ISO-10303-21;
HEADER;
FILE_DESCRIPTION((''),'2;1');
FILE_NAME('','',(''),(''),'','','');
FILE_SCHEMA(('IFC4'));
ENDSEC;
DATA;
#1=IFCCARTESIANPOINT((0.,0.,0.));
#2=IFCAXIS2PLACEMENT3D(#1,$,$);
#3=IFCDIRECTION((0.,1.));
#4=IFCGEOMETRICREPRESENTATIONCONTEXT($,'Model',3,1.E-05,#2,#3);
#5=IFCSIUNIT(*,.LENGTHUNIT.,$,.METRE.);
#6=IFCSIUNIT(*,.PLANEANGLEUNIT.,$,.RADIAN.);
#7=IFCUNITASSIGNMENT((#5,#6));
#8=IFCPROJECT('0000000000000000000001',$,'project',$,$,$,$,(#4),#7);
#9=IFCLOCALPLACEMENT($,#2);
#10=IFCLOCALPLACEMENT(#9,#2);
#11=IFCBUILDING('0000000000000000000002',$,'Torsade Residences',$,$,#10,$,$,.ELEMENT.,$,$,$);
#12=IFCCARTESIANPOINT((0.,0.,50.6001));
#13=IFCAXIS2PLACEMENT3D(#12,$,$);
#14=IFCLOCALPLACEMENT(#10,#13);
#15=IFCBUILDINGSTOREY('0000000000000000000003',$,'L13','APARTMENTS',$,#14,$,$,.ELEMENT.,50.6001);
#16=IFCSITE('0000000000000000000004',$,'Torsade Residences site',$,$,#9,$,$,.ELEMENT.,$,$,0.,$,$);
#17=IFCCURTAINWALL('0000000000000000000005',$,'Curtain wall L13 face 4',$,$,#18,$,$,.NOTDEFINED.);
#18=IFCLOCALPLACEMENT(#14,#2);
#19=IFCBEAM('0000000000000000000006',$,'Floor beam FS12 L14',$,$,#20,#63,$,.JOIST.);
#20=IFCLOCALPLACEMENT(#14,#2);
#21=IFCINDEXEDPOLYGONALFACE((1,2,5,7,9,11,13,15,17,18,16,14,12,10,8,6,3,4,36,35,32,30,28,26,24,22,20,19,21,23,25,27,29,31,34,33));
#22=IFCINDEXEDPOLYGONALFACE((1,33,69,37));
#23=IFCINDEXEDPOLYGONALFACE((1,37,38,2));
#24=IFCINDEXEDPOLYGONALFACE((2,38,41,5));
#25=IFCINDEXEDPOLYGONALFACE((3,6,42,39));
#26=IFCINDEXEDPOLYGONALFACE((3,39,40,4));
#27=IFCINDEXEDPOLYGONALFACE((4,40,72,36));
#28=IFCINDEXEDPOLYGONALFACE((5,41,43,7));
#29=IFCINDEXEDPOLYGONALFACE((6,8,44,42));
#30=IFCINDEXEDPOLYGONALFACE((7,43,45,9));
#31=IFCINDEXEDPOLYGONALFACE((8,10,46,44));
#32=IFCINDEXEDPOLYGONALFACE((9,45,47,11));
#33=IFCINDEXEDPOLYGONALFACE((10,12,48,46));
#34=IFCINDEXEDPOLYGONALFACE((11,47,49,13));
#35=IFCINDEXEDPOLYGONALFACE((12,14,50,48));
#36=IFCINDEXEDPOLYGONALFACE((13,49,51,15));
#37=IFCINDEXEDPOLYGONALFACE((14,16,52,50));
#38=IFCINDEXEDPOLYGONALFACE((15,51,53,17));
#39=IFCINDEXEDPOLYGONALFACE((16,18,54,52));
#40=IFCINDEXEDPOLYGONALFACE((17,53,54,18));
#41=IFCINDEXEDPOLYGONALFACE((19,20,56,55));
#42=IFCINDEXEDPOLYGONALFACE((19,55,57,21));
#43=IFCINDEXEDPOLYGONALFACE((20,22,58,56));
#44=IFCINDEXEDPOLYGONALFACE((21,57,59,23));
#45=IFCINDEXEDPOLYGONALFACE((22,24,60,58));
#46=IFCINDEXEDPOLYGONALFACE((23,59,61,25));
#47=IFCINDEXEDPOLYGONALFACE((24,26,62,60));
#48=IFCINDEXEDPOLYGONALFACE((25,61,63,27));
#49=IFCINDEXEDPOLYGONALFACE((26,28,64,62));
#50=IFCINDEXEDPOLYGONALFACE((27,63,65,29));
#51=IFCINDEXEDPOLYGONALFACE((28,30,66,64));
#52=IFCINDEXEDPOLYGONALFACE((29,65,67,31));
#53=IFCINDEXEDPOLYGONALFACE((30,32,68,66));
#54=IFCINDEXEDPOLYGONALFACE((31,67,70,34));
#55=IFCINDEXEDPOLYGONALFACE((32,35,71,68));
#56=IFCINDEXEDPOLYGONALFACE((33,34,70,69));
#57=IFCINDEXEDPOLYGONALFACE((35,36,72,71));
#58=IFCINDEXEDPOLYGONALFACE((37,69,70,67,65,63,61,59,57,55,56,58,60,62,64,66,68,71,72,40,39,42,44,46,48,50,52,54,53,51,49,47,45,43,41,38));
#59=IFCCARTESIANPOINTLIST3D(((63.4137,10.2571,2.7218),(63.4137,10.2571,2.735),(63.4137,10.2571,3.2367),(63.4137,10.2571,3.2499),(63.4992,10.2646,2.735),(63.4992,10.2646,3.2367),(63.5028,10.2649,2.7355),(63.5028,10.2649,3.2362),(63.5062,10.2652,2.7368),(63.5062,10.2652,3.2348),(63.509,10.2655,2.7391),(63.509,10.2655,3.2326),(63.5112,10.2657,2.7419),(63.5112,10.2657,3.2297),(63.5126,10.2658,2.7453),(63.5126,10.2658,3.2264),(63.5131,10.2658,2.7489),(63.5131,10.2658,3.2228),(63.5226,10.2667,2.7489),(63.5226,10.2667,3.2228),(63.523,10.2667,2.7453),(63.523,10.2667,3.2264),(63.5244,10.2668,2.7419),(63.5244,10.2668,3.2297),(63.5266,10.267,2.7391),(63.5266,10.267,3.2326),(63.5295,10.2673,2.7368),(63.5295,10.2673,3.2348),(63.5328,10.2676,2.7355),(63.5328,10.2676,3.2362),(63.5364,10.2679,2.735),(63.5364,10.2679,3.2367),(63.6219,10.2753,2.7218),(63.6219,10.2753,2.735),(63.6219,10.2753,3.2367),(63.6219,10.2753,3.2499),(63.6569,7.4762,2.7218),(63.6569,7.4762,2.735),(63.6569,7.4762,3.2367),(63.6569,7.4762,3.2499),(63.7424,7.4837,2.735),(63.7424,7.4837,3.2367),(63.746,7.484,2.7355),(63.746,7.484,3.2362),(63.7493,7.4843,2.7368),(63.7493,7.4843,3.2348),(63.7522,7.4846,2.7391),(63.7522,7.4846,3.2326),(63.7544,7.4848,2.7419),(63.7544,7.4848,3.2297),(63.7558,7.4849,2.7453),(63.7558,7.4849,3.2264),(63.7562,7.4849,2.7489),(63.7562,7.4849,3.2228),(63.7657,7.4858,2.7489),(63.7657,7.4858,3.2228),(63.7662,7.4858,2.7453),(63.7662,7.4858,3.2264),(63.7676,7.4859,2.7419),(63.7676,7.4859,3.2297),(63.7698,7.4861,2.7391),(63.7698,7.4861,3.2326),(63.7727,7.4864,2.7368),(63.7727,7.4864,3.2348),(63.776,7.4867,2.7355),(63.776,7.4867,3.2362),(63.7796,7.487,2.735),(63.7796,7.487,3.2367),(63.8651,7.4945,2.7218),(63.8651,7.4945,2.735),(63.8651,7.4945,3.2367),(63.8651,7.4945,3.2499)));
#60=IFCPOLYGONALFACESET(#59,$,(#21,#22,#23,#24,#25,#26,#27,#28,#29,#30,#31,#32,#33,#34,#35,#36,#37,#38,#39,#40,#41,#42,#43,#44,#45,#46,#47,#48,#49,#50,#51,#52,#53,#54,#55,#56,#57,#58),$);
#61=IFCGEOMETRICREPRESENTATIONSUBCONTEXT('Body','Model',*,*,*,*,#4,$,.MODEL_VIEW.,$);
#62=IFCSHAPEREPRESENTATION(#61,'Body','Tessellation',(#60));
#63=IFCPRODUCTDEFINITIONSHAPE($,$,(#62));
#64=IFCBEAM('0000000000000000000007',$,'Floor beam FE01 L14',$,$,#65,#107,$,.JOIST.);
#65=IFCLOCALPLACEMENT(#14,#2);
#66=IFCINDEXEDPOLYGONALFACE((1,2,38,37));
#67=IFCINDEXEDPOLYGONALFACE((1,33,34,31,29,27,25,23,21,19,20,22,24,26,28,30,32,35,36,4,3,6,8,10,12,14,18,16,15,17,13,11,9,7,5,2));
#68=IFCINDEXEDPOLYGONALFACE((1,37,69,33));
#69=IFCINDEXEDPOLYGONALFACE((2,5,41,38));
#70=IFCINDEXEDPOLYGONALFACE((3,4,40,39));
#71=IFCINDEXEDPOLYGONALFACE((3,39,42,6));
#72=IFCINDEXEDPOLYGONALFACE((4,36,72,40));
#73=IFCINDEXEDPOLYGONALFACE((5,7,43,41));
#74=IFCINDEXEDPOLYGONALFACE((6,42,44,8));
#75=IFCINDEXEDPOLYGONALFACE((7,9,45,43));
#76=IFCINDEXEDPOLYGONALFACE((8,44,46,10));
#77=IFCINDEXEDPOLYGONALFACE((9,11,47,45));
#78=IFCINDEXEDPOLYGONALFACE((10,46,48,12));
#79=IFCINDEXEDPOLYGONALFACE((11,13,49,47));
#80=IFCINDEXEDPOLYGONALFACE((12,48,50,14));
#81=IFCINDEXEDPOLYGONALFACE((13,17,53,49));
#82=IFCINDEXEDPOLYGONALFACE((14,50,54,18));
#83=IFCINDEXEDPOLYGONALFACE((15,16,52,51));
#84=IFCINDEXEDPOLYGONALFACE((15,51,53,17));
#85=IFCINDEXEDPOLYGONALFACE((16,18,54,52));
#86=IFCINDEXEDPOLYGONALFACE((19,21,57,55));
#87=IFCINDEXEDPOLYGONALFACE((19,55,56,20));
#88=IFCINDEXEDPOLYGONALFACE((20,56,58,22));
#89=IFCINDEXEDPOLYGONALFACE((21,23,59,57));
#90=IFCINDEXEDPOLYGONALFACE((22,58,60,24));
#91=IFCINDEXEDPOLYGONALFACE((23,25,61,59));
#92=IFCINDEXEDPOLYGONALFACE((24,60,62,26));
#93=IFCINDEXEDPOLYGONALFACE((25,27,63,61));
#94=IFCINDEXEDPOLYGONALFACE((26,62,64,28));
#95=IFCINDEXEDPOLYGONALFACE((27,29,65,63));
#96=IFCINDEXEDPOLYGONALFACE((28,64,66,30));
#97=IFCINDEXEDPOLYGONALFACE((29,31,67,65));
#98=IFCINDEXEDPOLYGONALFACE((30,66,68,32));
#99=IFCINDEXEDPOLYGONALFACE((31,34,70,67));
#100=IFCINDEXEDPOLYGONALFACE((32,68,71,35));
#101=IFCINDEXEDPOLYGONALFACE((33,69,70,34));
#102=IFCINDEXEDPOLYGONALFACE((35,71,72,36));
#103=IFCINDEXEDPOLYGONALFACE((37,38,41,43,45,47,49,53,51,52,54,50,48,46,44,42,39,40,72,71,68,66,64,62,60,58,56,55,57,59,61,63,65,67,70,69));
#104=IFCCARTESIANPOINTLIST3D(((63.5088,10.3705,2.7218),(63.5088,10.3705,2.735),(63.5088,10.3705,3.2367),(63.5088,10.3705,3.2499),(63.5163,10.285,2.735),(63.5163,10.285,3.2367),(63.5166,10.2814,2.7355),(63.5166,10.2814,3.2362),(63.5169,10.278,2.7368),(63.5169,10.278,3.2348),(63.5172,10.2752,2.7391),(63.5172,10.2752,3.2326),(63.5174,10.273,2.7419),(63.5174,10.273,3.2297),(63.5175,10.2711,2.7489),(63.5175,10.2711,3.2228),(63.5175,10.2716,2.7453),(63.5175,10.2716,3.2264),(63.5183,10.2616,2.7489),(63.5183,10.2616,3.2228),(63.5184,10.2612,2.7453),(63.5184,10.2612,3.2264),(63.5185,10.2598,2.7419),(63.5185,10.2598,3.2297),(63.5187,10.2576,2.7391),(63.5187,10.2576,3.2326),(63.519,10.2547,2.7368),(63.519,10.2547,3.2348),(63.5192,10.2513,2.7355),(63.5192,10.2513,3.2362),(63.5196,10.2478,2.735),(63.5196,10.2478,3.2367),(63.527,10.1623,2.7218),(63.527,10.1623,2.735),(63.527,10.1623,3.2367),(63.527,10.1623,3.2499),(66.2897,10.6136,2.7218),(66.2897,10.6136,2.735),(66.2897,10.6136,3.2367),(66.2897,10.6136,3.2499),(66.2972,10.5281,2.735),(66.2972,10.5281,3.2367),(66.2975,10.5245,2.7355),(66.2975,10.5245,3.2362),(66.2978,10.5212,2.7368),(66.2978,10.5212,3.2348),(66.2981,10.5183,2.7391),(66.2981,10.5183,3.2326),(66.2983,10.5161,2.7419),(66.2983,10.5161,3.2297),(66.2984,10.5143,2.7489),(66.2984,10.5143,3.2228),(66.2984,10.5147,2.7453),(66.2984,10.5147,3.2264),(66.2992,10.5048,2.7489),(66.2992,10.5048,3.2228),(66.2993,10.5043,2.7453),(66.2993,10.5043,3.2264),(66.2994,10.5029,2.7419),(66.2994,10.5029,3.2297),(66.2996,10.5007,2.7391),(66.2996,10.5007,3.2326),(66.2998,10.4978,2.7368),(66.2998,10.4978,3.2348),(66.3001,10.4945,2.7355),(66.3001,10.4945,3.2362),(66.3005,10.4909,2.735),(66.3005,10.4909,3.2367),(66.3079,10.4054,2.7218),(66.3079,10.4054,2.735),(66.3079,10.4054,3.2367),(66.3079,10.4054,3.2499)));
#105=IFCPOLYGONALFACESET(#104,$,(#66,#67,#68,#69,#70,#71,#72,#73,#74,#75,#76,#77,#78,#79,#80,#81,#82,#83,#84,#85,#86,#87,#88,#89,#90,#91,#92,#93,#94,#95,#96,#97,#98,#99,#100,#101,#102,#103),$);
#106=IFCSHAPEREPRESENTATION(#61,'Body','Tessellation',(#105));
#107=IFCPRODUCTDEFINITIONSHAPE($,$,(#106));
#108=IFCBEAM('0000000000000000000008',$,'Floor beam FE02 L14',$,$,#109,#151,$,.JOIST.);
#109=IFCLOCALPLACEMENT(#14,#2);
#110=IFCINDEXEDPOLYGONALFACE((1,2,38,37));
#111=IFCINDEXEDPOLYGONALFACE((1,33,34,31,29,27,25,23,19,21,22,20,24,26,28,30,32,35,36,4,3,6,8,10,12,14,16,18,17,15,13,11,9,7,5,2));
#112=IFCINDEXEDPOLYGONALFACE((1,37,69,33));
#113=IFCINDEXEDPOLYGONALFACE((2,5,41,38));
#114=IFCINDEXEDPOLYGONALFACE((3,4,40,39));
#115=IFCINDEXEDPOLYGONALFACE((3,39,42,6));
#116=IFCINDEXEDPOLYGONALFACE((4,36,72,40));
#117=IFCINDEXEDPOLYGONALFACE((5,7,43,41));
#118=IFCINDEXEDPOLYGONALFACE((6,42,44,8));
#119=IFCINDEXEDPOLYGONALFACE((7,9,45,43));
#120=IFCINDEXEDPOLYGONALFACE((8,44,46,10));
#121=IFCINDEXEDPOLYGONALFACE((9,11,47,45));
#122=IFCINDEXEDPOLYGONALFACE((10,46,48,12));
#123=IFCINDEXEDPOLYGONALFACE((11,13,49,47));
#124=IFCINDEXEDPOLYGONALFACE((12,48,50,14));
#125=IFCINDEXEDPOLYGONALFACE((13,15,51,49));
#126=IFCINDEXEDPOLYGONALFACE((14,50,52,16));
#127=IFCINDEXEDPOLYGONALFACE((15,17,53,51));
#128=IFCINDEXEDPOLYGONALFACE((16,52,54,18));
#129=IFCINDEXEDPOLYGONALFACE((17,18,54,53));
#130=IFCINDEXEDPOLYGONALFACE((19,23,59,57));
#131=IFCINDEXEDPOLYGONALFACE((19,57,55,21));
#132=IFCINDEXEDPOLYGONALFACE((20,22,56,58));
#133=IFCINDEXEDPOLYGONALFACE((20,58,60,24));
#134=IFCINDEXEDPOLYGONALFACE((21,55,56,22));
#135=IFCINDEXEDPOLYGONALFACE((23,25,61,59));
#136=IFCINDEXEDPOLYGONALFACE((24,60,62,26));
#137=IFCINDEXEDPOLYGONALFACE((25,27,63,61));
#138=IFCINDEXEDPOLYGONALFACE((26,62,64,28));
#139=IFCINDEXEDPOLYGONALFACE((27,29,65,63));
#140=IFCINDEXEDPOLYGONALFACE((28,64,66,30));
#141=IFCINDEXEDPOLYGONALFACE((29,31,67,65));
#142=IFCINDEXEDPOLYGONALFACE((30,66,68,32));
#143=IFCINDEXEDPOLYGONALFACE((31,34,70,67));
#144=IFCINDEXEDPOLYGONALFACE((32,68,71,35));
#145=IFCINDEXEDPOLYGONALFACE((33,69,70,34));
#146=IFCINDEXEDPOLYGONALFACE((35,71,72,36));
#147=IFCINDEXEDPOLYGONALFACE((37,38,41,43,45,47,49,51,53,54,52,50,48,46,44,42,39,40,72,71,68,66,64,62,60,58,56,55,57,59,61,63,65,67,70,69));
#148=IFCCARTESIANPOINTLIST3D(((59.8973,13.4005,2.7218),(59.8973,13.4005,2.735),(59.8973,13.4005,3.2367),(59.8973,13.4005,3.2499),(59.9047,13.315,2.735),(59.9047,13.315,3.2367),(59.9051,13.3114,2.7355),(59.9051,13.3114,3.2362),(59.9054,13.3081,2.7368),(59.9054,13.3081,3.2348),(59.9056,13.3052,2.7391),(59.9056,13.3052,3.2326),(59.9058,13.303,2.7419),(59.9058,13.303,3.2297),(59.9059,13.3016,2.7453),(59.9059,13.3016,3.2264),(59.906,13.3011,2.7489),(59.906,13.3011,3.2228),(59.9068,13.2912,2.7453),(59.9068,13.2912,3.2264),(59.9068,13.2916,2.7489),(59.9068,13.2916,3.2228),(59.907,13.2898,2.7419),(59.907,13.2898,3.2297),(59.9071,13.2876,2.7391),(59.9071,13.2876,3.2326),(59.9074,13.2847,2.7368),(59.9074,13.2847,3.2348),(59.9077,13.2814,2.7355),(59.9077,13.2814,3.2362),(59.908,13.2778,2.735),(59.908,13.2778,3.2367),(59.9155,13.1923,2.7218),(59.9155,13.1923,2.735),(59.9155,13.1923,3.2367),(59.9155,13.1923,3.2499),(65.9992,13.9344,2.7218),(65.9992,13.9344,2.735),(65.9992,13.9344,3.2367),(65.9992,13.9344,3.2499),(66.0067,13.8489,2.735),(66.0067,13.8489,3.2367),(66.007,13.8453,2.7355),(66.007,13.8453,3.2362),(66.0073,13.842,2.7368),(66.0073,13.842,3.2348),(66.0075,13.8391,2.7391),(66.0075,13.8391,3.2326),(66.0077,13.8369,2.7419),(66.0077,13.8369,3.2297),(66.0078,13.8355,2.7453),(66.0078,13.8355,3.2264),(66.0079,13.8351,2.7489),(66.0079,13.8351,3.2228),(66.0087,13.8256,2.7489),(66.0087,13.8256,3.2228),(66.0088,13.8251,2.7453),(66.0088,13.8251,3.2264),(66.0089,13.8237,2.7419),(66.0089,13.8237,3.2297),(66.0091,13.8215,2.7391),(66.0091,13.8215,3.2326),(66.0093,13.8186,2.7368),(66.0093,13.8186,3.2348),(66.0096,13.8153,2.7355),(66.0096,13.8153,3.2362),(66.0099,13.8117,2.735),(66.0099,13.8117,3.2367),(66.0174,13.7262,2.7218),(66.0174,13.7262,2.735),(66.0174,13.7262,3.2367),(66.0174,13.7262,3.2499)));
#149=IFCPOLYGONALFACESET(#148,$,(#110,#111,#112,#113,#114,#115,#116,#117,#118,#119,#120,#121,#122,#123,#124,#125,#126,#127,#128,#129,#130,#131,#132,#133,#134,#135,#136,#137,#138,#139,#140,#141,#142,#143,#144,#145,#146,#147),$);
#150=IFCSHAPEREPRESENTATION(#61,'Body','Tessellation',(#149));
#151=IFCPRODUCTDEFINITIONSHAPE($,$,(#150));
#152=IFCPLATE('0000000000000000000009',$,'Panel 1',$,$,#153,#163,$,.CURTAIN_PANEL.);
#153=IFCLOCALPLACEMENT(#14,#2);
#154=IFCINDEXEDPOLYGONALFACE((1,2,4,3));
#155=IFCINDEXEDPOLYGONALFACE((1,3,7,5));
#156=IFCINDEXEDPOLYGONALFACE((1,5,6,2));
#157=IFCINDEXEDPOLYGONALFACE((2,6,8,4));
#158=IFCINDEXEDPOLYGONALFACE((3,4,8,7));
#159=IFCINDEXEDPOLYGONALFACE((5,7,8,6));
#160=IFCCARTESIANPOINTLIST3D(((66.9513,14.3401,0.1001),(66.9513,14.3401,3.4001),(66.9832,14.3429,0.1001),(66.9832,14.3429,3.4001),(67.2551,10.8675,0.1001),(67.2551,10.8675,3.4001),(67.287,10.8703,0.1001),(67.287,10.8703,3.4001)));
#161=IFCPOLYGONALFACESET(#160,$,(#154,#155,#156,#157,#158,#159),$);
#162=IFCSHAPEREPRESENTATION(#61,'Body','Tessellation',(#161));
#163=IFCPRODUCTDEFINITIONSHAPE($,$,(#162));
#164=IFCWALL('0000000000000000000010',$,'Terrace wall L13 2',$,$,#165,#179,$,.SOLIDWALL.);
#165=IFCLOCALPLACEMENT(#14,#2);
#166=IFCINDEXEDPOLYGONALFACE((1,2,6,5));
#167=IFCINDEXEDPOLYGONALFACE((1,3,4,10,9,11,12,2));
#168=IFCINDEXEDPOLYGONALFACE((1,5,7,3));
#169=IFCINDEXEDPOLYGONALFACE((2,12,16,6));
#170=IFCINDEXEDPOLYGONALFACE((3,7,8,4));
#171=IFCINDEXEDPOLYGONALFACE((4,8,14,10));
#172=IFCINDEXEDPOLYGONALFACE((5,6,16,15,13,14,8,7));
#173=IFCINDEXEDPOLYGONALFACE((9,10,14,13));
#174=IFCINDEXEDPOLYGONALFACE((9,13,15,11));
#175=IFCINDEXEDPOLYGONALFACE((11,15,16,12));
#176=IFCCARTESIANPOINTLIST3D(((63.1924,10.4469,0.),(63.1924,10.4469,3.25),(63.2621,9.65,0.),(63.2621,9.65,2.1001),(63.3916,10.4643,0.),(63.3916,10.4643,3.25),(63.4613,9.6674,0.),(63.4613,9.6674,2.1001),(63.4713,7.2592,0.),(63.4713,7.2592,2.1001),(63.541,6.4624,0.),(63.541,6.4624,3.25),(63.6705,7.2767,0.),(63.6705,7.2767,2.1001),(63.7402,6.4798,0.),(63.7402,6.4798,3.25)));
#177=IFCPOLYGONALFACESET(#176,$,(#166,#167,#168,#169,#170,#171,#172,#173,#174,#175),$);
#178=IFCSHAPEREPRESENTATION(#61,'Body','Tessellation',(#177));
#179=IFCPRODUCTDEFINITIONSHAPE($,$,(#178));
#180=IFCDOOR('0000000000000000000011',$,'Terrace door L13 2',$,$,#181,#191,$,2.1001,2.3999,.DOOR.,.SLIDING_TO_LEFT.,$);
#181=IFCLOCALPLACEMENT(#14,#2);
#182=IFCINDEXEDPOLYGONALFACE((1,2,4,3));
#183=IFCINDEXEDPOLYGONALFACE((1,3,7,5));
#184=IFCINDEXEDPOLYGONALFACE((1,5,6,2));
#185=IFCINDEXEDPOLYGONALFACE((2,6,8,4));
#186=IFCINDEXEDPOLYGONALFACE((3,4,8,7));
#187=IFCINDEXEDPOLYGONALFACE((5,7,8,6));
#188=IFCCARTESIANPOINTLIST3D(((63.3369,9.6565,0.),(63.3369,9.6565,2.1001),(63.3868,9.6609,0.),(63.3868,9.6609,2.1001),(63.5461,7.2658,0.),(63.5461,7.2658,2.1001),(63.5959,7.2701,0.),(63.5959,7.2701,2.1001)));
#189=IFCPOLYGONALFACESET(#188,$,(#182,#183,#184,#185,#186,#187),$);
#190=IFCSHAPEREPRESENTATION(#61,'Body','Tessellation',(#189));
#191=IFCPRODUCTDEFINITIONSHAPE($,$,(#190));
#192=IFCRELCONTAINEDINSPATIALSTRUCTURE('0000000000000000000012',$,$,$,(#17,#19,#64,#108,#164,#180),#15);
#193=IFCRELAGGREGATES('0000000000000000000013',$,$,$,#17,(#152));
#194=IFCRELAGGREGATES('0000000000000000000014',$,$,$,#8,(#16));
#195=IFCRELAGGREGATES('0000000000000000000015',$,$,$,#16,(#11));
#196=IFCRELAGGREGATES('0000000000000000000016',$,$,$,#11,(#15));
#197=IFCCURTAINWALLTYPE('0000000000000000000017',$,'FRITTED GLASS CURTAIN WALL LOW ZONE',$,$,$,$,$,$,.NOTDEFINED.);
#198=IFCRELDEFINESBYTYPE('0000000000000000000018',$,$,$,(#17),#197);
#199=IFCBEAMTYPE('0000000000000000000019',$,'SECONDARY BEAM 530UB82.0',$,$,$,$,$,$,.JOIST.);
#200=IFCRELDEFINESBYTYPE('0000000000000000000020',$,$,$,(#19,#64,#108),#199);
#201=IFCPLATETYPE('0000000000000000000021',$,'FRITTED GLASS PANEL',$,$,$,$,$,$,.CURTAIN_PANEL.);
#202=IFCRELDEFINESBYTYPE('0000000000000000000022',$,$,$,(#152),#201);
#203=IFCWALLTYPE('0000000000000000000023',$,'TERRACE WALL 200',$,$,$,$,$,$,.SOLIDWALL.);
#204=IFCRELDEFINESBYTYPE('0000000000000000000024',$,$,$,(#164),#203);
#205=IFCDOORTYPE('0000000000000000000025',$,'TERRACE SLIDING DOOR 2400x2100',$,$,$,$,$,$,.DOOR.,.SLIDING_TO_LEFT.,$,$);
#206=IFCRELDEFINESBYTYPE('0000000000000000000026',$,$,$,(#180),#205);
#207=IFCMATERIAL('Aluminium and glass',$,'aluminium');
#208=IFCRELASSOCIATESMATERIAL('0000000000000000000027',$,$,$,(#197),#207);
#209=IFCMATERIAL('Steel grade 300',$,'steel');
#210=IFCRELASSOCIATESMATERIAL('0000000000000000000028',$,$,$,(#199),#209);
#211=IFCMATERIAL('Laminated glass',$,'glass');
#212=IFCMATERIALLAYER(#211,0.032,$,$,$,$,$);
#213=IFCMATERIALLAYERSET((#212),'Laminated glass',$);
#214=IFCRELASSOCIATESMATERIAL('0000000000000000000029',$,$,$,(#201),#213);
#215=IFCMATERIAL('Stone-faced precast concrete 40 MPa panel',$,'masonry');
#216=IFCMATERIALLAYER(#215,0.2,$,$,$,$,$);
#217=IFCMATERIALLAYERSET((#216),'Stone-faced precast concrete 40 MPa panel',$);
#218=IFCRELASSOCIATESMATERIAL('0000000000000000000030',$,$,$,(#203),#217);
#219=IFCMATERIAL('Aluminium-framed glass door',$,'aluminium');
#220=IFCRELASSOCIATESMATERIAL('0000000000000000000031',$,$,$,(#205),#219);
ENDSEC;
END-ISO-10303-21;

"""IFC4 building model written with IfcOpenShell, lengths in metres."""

from ifc_helpers import new_model, si_unit, direction, frame, frame_2d, origin, origin_2d, place, context, subcontext, project, spatial, rectangle, i_section, extrude, material, layer, layer_set, material_profile, profile_set, type_object, element, fill, aggregate, save


model = new_model("IFC4")

# Units and contexts
model_context = context("Model", 3, precision=1e-05, world=origin(), true_north=direction((0.0, 1.0)))
body_context = subcontext(model_context, "Body", "Model", "MODEL_VIEW")
ifc_project = project(units=[si_unit("LENGTHUNIT", "METRE"), si_unit("PLANEANGLEUNIT", "RADIAN")], contexts=[model_context])

# Site, building, storey
site_placement = place(None, origin())
site = spatial("IfcSite", under=ifc_project, at=site_placement, Name="Torsade Residences site", CompositionType="ELEMENT", RefElevation=0.0)
building_placement = place(site_placement, origin())
building = spatial("IfcBuilding", under=site, at=building_placement, Name="Torsade Residences", CompositionType="ELEMENT")
storey_placement = place(building_placement, frame((0.0, 0.0, 50.6001)))
storey = spatial("IfcBuildingStorey", under=building, at=storey_placement, Name="L13", Description="APARTMENTS", CompositionType="ELEMENT", Elevation=50.6001)

# Shared definitions
ifc_material_1 = material(Name="Aluminium and glass", Category="aluminium")
curtain_wall_type = type_object("IfcCurtainWallType", Name="FRITTED GLASS CURTAIN WALL LOW ZONE", PredefinedType="NOTDEFINED", material=ifc_material_1)

# Curtain wall
curtain_wall_1_placement = place(storey_placement, origin())
curtain_wall_1 = element("IfcCurtainWall", 1, at=curtain_wall_1_placement, inside=storey, type_object=curtain_wall_type, Name="Curtain wall L13 face 4", PredefinedType="NOTDEFINED")

# Beams
ifc_material_2 = material(Name="Steel grade 300", Category="steel")
ifc_material_profile_1 = material_profile(ifc_material_2, i_section(OverallWidth=0.209, OverallDepth=0.5281, WebThickness=0.0095, FlangeThickness=0.0132, FilletRadius=0.0139, at=origin_2d()), Name="530UB82.0")
ifc_profile_set_1 = profile_set([ifc_material_profile_1], Name="Steel grade 300")
beam_type_1 = type_object("IfcBeamType", Name="SECONDARY BEAM 530UB82.0", PredefinedType="JOIST", material=ifc_profile_set_1)
for number, where, z_axis, x_axis, name in (
    (2, (63.761, 7.4854, 2.9858), (-0.087105, 0.996199, 0.0), (-0.996199, -0.087105, 0.0), "Floor beam FS12 L14"),
    (3, (66.2988, 10.5095, 2.9858), (-0.996199, -0.087105, 0.0), (0.087105, -0.996199, 0.0), "Floor beam FE01 L14"),
):
    element("IfcBeam", number, at=place(storey_placement, frame(where, z_axis=z_axis, x_axis=x_axis)), inside=storey, type_object=beam_type_1, Name=name, PredefinedType="JOIST", context=body_context, shape_type="SweptSolid", body=[
        extrude(i_section(OverallWidth=0.209, OverallDepth=0.5281, WebThickness=0.0095, FlangeThickness=0.0132, FilletRadius=0.0139, at=origin_2d()), origin(), (0.0, 0.0, 1.0), 2.7915),
    ])
beam_1_placement = place(storey_placement, frame((66.0083, 13.8303, 2.9858), z_axis=(-0.996193, -0.087171, 0.0), x_axis=(0.087171, -0.996193, 0.0)))
element("IfcBeam", 4, at=beam_1_placement, inside=storey, type_object=beam_type_1, Name="Floor beam FE02 L14", PredefinedType="JOIST", context=body_context, shape_type="SweptSolid", body=[
    extrude(i_section(OverallWidth=0.209, OverallDepth=0.5281, WebThickness=0.0095, FlangeThickness=0.0132, FilletRadius=0.0139, at=origin_2d()), origin(), (0.0, 0.0, 1.0), 6.1252),
])

# Plate
ifc_material_3 = material(Name="Laminated glass", Category="glass")
ifc_layer_1 = layer(ifc_material_3, 0.032)
ifc_layer_set_1 = layer_set([ifc_layer_1], Name="Laminated glass")
plate_type = type_object("IfcPlateType", Name="FRITTED GLASS PANEL", PredefinedType="CURTAIN_PANEL", material=ifc_layer_set_1)
plate_placement = place(storey_placement, frame((67.1191, 12.6052, 0.1001), z_axis=(0.0, 0.0, 1.0), x_axis=(-0.087156, 0.996195, 0.0)))
plate = element("IfcPlate", 5, at=plate_placement, type_object=plate_type, Name="Panel 1", PredefinedType="CURTAIN_PANEL", context=body_context, shape_type="SweptSolid", body=[
    extrude(rectangle(XDim=3.4858, YDim=0.032, at=origin_2d()), origin(), (0.0, 0.0, 1.0), 3.3),
])
aggregate(curtain_wall_1, [plate])

# Wall, opening, door
ifc_material_4 = material(Name="Stone-faced precast concrete 40 MPa panel", Category="masonry")
ifc_layer_2 = layer(ifc_material_4, 0.2)
ifc_layer_set_2 = layer_set([ifc_layer_2], Name="Stone-faced precast concrete 40 MPa panel")
wall_type = type_object("IfcWallType", Name="TERRACE WALL 200", PredefinedType="SOLIDWALL", material=ifc_layer_set_2)
wall_1_placement = place(storey_placement, frame((63.6406, 6.4709, 0.0), z_axis=(0.0, 0.0, 1.0), x_axis=(-0.087162, 0.996194, 0.0)))
wall_1 = element("IfcWall", 6, at=wall_1_placement, inside=storey, type_object=wall_type, Name="Terrace wall L13 2", PredefinedType="SOLIDWALL", context=body_context, shape_type="SweptSolid", body=[
    extrude(rectangle(XDim=3.9998, YDim=0.2, at=frame_2d((2.0, 0.0))), origin(), (0.0, 0.0, 1.0), 3.25),
])
opening_1_placement = place(wall_1_placement, frame((0.8, 0.0, 0.0)))
opening_1 = element("IfcOpeningElement", 7, at=opening_1_placement, cuts=wall_1, PredefinedType="OPENING", context=body_context, shape_type="SweptSolid", body=[
    extrude(rectangle(XDim=2.3999, YDim=2.1001, at=frame_2d((1.2, 1.05))), frame((0.0, 0.1099, 0.0), z_axis=(0.0, -1.0, 0.0), x_axis=(1.0, 0.0, 0.0)), (0.0, 0.0, 1.0), 0.22),
])
ifc_material_5 = material(Name="Aluminium-framed glass door", Category="aluminium")
door_type = type_object("IfcDoorType", Name="TERRACE SLIDING DOOR 2400x2100", OperationType="SLIDING_TO_LEFT", PredefinedType="DOOR", material=ifc_material_5)
door_placement = place(opening_1_placement, origin())
door = element("IfcDoor", 8, at=door_placement, inside=storey, type_object=door_type, Name="Terrace door L13 2", OperationType="SLIDING_TO_LEFT", OverallHeight=2.1001, OverallWidth=2.3999, PredefinedType="DOOR", context=body_context, shape_type="SweptSolid", body=[
    extrude(rectangle(XDim=2.3999, YDim=2.1001, at=frame_2d((1.2, 1.05))), frame((0.0, 0.0249, 0.0), z_axis=(0.0, -1.0, 0.0), x_axis=(1.0, 0.0, 0.0)), (0.0, 0.0, 1.0), 0.05),
])
fill(opening_1, door)

save(model, "model.ifc")
